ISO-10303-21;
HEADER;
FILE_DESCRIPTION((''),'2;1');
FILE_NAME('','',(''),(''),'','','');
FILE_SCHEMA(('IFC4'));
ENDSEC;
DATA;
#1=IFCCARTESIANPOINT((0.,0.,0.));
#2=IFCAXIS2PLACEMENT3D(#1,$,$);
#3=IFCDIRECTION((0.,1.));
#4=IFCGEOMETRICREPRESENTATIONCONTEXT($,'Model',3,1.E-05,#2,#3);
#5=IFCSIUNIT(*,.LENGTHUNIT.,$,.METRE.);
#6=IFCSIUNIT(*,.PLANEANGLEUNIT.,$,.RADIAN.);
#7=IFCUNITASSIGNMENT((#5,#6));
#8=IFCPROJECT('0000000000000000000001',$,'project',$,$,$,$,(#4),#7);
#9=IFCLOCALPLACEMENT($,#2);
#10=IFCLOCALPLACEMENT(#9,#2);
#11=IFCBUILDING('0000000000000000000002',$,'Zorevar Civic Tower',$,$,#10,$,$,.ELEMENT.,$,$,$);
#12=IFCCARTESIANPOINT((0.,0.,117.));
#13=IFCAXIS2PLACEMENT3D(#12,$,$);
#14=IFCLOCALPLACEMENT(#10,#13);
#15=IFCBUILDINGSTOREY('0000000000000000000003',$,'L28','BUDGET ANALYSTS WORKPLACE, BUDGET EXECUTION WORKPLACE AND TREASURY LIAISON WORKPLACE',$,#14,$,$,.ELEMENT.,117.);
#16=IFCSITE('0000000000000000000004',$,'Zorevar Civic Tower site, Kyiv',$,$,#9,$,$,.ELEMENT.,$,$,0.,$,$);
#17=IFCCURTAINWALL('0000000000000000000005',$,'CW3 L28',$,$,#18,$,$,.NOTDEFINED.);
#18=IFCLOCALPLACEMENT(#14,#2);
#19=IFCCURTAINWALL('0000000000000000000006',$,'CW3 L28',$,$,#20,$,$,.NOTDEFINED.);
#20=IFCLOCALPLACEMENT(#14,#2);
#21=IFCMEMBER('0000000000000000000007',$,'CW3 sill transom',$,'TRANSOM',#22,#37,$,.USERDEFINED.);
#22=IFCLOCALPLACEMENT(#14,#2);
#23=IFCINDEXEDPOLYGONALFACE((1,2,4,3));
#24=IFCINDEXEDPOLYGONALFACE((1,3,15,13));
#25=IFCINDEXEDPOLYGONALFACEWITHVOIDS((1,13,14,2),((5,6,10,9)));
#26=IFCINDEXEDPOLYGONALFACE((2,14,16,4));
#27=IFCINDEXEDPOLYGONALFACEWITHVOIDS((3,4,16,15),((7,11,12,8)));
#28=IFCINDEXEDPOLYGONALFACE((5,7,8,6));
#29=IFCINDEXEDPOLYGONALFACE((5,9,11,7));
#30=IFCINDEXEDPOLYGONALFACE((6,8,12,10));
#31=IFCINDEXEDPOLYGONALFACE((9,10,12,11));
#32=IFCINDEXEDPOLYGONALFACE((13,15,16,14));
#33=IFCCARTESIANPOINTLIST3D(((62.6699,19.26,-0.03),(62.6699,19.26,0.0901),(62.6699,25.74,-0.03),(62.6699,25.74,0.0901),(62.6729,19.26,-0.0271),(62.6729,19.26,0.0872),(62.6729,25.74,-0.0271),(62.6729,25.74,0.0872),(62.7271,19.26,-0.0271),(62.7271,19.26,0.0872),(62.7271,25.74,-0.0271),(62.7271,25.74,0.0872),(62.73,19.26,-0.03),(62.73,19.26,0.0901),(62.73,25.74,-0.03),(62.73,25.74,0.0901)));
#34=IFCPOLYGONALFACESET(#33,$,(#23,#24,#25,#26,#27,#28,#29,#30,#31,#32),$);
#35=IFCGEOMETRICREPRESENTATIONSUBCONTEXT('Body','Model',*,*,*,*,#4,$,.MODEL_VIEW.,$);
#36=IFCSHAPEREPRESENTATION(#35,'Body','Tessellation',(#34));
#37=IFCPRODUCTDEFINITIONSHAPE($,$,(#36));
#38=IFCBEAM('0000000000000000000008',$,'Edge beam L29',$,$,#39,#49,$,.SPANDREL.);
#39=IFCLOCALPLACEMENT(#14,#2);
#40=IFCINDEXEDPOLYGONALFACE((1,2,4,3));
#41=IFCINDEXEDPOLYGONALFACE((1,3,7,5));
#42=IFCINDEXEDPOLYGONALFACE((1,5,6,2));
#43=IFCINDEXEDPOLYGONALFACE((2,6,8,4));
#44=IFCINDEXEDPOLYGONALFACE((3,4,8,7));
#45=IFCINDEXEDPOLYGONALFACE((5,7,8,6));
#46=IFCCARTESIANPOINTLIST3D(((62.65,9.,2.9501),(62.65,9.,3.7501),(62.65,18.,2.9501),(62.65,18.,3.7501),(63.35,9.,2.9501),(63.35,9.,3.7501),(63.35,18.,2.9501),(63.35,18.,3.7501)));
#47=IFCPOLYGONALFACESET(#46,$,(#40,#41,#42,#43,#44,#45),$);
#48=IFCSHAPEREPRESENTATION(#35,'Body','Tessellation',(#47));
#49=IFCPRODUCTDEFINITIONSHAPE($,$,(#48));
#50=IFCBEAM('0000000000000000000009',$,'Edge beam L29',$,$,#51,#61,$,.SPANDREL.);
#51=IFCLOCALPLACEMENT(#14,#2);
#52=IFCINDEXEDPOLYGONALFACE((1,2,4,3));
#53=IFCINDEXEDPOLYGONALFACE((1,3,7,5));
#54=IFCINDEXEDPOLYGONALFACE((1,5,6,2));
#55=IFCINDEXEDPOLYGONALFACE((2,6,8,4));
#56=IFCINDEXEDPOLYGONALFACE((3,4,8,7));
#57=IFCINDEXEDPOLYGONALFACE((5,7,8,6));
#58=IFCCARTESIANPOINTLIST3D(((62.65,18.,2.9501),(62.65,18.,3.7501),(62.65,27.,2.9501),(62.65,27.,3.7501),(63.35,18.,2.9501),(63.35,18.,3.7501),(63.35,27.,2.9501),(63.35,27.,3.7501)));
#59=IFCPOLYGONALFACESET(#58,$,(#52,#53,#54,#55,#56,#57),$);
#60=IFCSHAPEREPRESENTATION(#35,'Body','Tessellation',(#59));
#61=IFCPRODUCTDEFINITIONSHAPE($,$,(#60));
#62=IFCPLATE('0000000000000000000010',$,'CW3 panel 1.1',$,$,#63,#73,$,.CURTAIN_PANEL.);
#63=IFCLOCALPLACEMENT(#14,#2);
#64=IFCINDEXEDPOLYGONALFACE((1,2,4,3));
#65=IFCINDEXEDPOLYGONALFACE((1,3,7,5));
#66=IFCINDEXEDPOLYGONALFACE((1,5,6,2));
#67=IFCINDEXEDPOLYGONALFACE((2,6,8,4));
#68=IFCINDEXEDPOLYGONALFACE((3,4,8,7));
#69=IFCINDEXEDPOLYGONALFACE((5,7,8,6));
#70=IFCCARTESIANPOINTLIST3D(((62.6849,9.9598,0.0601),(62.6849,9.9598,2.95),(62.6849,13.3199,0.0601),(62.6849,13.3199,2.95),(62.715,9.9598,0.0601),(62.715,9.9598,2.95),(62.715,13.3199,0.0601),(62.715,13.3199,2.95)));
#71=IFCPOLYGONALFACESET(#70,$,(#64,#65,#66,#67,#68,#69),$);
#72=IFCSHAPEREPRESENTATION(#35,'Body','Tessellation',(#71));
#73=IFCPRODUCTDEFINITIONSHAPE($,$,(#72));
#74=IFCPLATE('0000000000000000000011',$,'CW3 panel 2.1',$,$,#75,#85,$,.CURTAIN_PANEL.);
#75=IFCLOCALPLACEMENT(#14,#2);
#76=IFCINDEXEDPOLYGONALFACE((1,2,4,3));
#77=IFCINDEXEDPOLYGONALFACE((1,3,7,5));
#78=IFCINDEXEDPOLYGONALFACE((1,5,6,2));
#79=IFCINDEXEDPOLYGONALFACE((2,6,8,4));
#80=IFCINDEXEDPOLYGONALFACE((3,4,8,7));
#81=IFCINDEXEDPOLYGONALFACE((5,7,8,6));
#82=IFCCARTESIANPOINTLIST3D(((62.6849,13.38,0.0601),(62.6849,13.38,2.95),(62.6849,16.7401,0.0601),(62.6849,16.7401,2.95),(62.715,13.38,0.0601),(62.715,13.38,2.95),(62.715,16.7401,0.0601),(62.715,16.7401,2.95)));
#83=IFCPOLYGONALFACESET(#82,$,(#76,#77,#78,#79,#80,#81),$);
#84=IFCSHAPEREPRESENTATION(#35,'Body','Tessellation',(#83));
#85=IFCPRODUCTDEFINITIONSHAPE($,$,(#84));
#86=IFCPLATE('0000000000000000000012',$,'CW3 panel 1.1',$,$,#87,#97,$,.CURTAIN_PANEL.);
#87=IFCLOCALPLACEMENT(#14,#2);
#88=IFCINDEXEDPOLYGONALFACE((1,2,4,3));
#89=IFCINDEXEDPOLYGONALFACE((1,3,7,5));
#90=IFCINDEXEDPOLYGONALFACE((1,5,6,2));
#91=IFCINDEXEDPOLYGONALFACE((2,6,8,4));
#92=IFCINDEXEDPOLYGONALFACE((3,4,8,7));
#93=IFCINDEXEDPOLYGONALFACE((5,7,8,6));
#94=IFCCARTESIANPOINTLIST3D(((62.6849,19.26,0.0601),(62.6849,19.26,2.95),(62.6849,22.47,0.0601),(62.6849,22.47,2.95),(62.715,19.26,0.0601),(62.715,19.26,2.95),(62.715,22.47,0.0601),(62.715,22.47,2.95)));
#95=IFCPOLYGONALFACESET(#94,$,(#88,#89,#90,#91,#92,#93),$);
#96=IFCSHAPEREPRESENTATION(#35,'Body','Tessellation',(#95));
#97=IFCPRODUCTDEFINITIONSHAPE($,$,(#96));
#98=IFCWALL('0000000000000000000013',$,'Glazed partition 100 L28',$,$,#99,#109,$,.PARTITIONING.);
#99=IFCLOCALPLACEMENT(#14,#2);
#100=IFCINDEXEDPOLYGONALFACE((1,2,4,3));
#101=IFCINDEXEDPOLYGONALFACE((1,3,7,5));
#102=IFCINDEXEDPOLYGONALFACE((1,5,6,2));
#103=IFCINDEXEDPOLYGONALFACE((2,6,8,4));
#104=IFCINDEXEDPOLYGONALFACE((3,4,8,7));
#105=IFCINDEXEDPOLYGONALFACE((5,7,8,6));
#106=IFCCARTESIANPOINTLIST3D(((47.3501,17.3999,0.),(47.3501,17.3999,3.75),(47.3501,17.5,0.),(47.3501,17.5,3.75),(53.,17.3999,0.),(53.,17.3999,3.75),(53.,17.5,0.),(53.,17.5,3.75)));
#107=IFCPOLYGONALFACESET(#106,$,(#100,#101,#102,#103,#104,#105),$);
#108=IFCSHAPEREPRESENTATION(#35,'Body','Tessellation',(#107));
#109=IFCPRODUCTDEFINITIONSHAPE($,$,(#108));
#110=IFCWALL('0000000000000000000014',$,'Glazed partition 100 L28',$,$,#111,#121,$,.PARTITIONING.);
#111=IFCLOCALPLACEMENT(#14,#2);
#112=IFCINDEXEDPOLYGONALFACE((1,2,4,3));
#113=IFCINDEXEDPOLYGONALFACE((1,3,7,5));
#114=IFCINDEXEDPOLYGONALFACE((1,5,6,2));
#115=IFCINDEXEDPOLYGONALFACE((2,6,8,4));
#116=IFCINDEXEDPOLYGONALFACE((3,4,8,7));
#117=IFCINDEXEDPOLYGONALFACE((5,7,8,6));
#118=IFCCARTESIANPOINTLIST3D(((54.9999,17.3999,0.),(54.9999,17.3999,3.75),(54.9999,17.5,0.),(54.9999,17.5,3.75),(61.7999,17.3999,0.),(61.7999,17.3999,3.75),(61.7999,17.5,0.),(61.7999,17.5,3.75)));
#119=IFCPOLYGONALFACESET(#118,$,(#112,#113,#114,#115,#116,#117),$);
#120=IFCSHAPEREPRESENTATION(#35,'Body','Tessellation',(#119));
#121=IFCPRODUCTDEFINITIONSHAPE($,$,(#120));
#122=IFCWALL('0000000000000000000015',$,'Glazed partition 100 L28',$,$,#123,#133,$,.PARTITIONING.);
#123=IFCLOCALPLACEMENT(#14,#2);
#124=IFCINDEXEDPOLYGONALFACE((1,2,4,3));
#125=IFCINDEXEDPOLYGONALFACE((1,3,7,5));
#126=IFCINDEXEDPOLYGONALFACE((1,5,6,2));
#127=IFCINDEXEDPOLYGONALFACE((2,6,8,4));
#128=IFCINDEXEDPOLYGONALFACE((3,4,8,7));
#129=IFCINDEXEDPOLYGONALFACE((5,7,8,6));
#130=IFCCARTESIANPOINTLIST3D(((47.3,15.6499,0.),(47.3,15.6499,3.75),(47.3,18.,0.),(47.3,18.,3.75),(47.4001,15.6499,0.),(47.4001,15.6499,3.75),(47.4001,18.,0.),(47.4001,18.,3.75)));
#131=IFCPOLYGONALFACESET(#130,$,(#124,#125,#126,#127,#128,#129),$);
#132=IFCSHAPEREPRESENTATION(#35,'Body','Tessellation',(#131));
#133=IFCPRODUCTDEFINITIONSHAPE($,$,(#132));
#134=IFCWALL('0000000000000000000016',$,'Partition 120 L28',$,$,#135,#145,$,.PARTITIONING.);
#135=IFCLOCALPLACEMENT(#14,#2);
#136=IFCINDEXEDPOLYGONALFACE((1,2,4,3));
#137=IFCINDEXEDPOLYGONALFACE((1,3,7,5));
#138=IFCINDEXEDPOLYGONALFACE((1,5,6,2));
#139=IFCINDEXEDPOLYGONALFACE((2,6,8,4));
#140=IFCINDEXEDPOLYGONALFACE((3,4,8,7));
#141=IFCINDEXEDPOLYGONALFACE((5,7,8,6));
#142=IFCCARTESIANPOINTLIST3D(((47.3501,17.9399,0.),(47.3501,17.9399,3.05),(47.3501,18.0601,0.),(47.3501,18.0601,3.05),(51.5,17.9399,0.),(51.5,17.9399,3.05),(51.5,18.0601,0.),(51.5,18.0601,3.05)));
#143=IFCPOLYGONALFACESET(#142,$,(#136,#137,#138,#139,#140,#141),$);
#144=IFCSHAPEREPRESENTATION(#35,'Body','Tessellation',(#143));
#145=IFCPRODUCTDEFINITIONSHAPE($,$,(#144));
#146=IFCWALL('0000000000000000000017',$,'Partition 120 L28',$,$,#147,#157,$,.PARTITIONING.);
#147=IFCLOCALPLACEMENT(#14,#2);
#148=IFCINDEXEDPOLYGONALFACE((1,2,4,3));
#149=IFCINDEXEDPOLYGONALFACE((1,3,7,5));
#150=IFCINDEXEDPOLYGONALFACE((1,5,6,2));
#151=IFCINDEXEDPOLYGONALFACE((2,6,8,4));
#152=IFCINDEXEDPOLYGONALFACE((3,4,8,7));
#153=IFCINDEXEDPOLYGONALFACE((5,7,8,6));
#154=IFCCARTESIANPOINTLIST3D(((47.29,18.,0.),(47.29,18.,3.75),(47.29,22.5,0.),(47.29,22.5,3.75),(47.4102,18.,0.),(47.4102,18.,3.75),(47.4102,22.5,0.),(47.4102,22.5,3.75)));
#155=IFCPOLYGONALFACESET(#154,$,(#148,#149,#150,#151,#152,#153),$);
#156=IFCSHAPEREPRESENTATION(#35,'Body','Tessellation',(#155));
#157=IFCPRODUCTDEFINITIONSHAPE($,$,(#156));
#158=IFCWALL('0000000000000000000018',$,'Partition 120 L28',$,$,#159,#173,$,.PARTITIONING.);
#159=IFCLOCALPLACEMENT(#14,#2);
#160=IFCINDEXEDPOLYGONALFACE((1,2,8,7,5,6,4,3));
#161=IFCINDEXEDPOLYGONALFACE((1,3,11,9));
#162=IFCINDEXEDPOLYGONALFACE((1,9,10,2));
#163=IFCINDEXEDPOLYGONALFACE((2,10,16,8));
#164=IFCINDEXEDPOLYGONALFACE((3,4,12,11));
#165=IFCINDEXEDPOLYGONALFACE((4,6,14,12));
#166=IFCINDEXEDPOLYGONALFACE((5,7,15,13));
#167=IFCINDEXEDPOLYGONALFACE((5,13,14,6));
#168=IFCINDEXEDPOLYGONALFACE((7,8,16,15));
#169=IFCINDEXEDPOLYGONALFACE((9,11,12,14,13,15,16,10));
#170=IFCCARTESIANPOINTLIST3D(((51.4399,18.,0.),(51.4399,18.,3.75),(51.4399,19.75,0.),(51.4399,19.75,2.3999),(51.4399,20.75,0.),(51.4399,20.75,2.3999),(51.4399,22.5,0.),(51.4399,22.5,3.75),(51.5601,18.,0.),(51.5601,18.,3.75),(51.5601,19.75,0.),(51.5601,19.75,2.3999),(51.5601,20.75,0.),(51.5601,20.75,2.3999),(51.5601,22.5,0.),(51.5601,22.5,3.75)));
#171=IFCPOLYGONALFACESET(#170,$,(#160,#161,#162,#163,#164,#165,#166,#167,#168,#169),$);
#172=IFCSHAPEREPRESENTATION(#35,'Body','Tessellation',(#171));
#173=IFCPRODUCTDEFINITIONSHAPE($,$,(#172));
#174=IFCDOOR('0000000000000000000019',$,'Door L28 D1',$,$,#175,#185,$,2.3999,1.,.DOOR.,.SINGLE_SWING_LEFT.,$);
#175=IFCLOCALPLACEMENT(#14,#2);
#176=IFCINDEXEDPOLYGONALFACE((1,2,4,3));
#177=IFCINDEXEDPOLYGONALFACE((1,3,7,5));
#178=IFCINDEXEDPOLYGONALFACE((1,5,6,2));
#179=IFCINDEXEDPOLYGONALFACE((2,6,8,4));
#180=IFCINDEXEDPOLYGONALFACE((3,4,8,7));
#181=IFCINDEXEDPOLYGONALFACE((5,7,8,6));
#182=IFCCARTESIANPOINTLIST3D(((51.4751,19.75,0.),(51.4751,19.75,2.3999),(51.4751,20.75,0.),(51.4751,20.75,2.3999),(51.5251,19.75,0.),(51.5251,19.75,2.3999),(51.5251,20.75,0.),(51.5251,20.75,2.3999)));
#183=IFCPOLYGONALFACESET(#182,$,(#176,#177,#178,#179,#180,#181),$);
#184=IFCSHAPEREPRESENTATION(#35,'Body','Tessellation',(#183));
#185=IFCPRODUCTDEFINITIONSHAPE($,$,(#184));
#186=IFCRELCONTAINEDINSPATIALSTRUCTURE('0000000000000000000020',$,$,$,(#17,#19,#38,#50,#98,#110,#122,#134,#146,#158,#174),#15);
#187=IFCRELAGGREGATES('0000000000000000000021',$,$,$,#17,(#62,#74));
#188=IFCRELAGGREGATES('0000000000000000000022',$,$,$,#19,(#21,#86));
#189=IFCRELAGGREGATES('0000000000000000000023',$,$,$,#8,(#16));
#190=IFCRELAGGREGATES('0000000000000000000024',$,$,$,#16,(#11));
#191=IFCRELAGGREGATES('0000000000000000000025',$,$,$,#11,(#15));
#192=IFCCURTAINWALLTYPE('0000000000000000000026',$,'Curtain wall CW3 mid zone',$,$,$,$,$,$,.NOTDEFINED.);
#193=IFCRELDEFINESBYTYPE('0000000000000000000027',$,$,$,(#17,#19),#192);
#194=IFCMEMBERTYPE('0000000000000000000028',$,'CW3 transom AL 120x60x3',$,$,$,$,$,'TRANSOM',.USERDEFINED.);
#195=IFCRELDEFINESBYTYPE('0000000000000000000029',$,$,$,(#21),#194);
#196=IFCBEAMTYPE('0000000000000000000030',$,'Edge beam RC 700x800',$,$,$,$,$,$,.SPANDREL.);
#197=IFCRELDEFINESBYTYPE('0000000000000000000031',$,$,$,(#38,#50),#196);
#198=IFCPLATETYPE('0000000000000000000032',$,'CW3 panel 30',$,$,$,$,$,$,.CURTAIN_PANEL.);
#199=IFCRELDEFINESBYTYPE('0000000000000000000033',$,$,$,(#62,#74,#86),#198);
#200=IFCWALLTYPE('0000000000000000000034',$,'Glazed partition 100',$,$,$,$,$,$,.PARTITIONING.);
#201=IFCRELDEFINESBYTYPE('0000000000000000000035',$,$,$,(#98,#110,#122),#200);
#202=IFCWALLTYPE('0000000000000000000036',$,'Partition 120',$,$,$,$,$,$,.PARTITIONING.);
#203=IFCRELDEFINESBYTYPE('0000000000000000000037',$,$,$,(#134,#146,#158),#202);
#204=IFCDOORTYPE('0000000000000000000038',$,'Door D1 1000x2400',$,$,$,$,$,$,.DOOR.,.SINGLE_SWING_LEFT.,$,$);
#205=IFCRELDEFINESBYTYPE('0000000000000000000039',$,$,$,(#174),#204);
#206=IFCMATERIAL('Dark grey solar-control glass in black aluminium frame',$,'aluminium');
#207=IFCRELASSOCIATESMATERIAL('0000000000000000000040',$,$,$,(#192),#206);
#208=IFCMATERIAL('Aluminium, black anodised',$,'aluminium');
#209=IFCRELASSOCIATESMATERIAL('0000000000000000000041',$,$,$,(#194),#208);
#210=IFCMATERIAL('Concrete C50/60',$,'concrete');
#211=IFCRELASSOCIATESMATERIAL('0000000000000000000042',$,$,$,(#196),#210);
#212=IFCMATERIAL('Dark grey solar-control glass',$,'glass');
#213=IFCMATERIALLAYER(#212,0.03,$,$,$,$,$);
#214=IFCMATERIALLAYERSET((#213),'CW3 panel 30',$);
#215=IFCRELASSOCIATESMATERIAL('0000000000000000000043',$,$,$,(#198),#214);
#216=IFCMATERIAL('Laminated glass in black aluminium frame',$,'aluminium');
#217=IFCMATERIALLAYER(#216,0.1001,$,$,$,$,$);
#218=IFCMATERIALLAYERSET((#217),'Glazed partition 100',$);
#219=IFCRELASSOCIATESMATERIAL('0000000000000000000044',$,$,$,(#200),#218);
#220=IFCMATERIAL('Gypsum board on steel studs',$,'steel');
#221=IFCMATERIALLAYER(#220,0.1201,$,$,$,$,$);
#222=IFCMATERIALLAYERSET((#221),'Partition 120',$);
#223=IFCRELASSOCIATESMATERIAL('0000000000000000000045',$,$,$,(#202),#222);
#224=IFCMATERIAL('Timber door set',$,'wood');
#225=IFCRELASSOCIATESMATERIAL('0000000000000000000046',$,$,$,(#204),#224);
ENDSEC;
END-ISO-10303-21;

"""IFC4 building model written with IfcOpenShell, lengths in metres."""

from ifc_helpers import new_model, si_unit, direction, frame, frame_2d, origin, origin_2d, place, context, subcontext, project, spatial, rectangle, hollow_rectangle, extrude, material, layer, layer_set, material_profile, profile_set, type_object, element, fill, aggregate, save


model = new_model("IFC4")

# Units and contexts
model_context = context("Model", 3, precision=1e-05, world=origin(), true_north=direction((0.0, 1.0)))
body_context = subcontext(model_context, "Body", "Model", "MODEL_VIEW")
ifc_project = project(units=[si_unit("LENGTHUNIT", "METRE"), si_unit("PLANEANGLEUNIT", "RADIAN")], contexts=[model_context])

# Site, building, storey
site_placement = place(None, origin())
site = spatial("IfcSite", under=ifc_project, at=site_placement, Name="Zorevar Civic Tower site, Kyiv", CompositionType="ELEMENT", RefElevation=0.0)
building_placement = place(site_placement, origin())
building = spatial("IfcBuilding", under=site, at=building_placement, Name="Zorevar Civic Tower", CompositionType="ELEMENT")
storey_placement = place(building_placement, frame((0.0, 0.0, 117.0)))
storey = spatial("IfcBuildingStorey", under=building, at=storey_placement, Name="L28", Description="BUDGET ANALYSTS WORKPLACE, BUDGET EXECUTION WORKPLACE AND TREASURY LIAISON WORKPLACE", CompositionType="ELEMENT", Elevation=117.0)

# Curtain wall
ifc_material_1 = material(Name="Dark grey solar-control glass in black aluminium frame", Category="aluminium")
curtain_wall_type = type_object("IfcCurtainWallType", Name="Curtain wall CW3 mid zone", PredefinedType="NOTDEFINED", material=ifc_material_1)
curtain_wall_1_placement = place(storey_placement, origin())
curtain_wall_1 = element("IfcCurtainWall", 1, at=curtain_wall_1_placement, inside=storey, type_object=curtain_wall_type, Name="CW3 L28", PredefinedType="NOTDEFINED")

# Curtain wall
curtain_wall_2_placement = place(storey_placement, origin())
curtain_wall_2 = element("IfcCurtainWall", 2, at=curtain_wall_2_placement, inside=storey, type_object=curtain_wall_type, Name="CW3 L28", PredefinedType="NOTDEFINED")

# Member
ifc_material_2 = material(Name="Aluminium, black anodised", Category="aluminium")
ifc_material_profile_1 = material_profile(ifc_material_2, hollow_rectangle(XDim=0.0601, YDim=0.1201, WallThickness=0.0029, at=origin_2d()), Name="AL 120x60x3")
ifc_profile_set_1 = profile_set([ifc_material_profile_1], Name="Aluminium, black anodised")
member_type_1 = type_object("IfcMemberType", Name="CW3 transom AL 120x60x3", ElementType="TRANSOM", PredefinedType="USERDEFINED", material=ifc_profile_set_1)
member_1_placement = place(storey_placement, frame((62.7, 19.26, 0.03), z_axis=(0.0, 1.0, 0.0), x_axis=(-1.0, 0.0, 0.0)))
member_1 = element("IfcMember", 3, at=member_1_placement, type_object=member_type_1, Name="CW3 sill transom", ObjectType="TRANSOM", PredefinedType="USERDEFINED", context=body_context, shape_type="SweptSolid", body=[
    extrude(hollow_rectangle(XDim=0.0601, YDim=0.1201, WallThickness=0.0029, at=origin_2d()), origin(), (0.0, 0.0, 1.0), 6.48),
])

# Beams
ifc_material_3 = material(Name="Concrete C50/60", Category="concrete")
ifc_material_profile_2 = material_profile(ifc_material_3, rectangle(XDim=0.7, YDim=0.8, at=origin_2d()), Name="RC 700x800")
ifc_profile_set_2 = profile_set([ifc_material_profile_2], Name="Concrete C50/60")
beam_type_1 = type_object("IfcBeamType", Name="Edge beam RC 700x800", PredefinedType="SPANDREL", material=ifc_profile_set_2)
for number, where, z_axis, x_axis, name in (
    (4, (63.0, 9.0, 3.3501), (0.0, 1.0, 0.0), (-1.0, 0.0, 0.0), "Edge beam L29"),
    (5, (63.0, 18.0, 3.3501), (0.0, 1.0, 0.0), (-1.0, 0.0, 0.0), "Edge beam L29"),
):
    element("IfcBeam", number, at=place(storey_placement, frame(where, z_axis=z_axis, x_axis=x_axis)), inside=storey, type_object=beam_type_1, Name=name, PredefinedType="SPANDREL", context=body_context, shape_type="SweptSolid", body=[
        extrude(rectangle(XDim=0.7, YDim=0.8, at=origin_2d()), origin(), (0.0, 0.0, 1.0), 9.0),
    ])

# Plates
ifc_material_4 = material(Name="Dark grey solar-control glass", Category="glass")
ifc_layer_1 = layer(ifc_material_4, 0.03)
ifc_layer_set_1 = layer_set([ifc_layer_1], Name="CW3 panel 30")
plate_type = type_object("IfcPlateType", Name="CW3 panel 30", PredefinedType="CURTAIN_PANEL", material=ifc_layer_set_1)
plate_1_placement = place(storey_placement, frame((62.7, 11.6399, 0.0601), z_axis=(0.0, 0.0, 1.0), x_axis=(0.0, 1.0, 0.0)))
plate_1 = element("IfcPlate", 6, at=plate_1_placement, type_object=plate_type, Name="CW3 panel 1.1", PredefinedType="CURTAIN_PANEL", context=body_context, shape_type="SweptSolid", body=[
    extrude(rectangle(XDim=3.3601, YDim=0.03, at=origin_2d()), origin(), (0.0, 0.0, 1.0), 2.8899),
])
plate_2_placement = place(storey_placement, frame((62.7, 15.0601, 0.0601), z_axis=(0.0, 0.0, 1.0), x_axis=(0.0, 1.0, 0.0)))
plate_2 = element("IfcPlate", 7, at=plate_2_placement, type_object=plate_type, Name="CW3 panel 2.1", PredefinedType="CURTAIN_PANEL", context=body_context, shape_type="SweptSolid", body=[
    extrude(rectangle(XDim=3.3601, YDim=0.03, at=origin_2d()), origin(), (0.0, 0.0, 1.0), 2.8899),
])
aggregate(curtain_wall_1, [plate_1, plate_2])
plate_3_placement = place(storey_placement, frame((62.7, 20.865, 0.0601), z_axis=(0.0, 0.0, 1.0), x_axis=(0.0, 1.0, 0.0)))
plate_3 = element("IfcPlate", 8, at=plate_3_placement, type_object=plate_type, Name="CW3 panel 1.1", PredefinedType="CURTAIN_PANEL", context=body_context, shape_type="SweptSolid", body=[
    extrude(rectangle(XDim=3.21, YDim=0.03, at=origin_2d()), origin(), (0.0, 0.0, 1.0), 2.8899),
])
aggregate(curtain_wall_2, [member_1, plate_3])

# Walls
ifc_material_5 = material(Name="Laminated glass in black aluminium frame", Category="aluminium")
ifc_layer_2 = layer(ifc_material_5, 0.1001)
ifc_layer_set_2 = layer_set([ifc_layer_2], Name="Glazed partition 100")
wall_type_1 = type_object("IfcWallType", Name="Glazed partition 100", PredefinedType="PARTITIONING", material=ifc_layer_set_2)
wall_1_placement = place(storey_placement, frame((47.3501, 17.45, 0.0), z_axis=(0.0, 0.0, 1.0), x_axis=(1.0, 0.0, 0.0)))
element("IfcWall", 9, at=wall_1_placement, inside=storey, type_object=wall_type_1, Name="Glazed partition 100 L28", PredefinedType="PARTITIONING", context=body_context, shape_type="SweptSolid", body=[
    extrude(rectangle(XDim=5.6499, YDim=0.1001, at=frame_2d((2.825, 0.0))), origin(), (0.0, 0.0, 1.0), 3.75),
])
wall_2_placement = place(storey_placement, frame((55.0, 17.45, 0.0), z_axis=(0.0, 0.0, 1.0), x_axis=(1.0, 0.0, 0.0)))
element("IfcWall", 10, at=wall_2_placement, inside=storey, type_object=wall_type_1, Name="Glazed partition 100 L28", PredefinedType="PARTITIONING", context=body_context, shape_type="SweptSolid", body=[
    extrude(rectangle(XDim=6.8, YDim=0.1001, at=frame_2d((3.3999, 0.0))), origin(), (0.0, 0.0, 1.0), 3.75),
])
wall_3_placement = place(storey_placement, frame((47.3501, 15.6499, 0.0), z_axis=(0.0, 0.0, 1.0), x_axis=(0.0, 1.0, 0.0)))
element("IfcWall", 11, at=wall_3_placement, inside=storey, type_object=wall_type_1, Name="Glazed partition 100 L28", PredefinedType="PARTITIONING", context=body_context, shape_type="SweptSolid", body=[
    extrude(rectangle(XDim=2.3501, YDim=0.1001, at=frame_2d((1.175, 0.0))), origin(), (0.0, 0.0, 1.0), 3.75),
])
ifc_material_6 = material(Name="Gypsum board on steel studs", Category="steel")
ifc_layer_3 = layer(ifc_material_6, 0.1201)
ifc_layer_set_3 = layer_set([ifc_layer_3], Name="Partition 120")
wall_type_2 = type_object("IfcWallType", Name="Partition 120", PredefinedType="PARTITIONING", material=ifc_layer_set_3)
wall_4_placement = place(storey_placement, frame((47.3501, 18.0, 0.0), z_axis=(0.0, 0.0, 1.0), x_axis=(1.0, 0.0, 0.0)))
element("IfcWall", 12, at=wall_4_placement, inside=storey, type_object=wall_type_2, Name="Partition 120 L28", PredefinedType="PARTITIONING", context=body_context, shape_type="SweptSolid", body=[
    extrude(rectangle(XDim=4.1499, YDim=0.1201, at=frame_2d((2.075, 0.0))), origin(), (0.0, 0.0, 1.0), 3.05),
])
wall_5_placement = place(storey_placement, frame((47.3501, 18.0, 0.0), z_axis=(0.0, 0.0, 1.0), x_axis=(0.0, 1.0, 0.0)))
element("IfcWall", 13, at=wall_5_placement, inside=storey, type_object=wall_type_2, Name="Partition 120 L28", PredefinedType="PARTITIONING", context=body_context, shape_type="SweptSolid", body=[
    extrude(rectangle(XDim=4.5, YDim=0.1201, at=frame_2d((2.25, 0.0))), origin(), (0.0, 0.0, 1.0), 3.75),
])

# Wall, opening, door
wall_6_placement = place(storey_placement, frame((51.5, 18.0, 0.0), z_axis=(0.0, 0.0, 1.0), x_axis=(0.0, 1.0, 0.0)))
wall_6 = element("IfcWall", 14, at=wall_6_placement, inside=storey, type_object=wall_type_2, Name="Partition 120 L28", PredefinedType="PARTITIONING", context=body_context, shape_type="SweptSolid", body=[
    extrude(rectangle(XDim=4.5, YDim=0.1201, at=frame_2d((2.25, 0.0))), origin(), (0.0, 0.0, 1.0), 3.75),
])
opening_placement = place(wall_6_placement, frame((1.75, 0.0, 0.0)))
opening = element("IfcOpeningElement", 15, at=opening_placement, cuts=wall_6, PredefinedType="OPENING", context=body_context, shape_type="SweptSolid", body=[
    extrude(rectangle(XDim=1.0, YDim=2.3999, at=frame_2d((0.5, 1.2))), frame((0.0, 0.0701, 0.0), z_axis=(0.0, -1.0, 0.0), x_axis=(1.0, 0.0, 0.0)), (0.0, 0.0, 1.0), 0.1401),
])
ifc_material_7 = material(Name="Timber door set", Category="wood")
door_type = type_object("IfcDoorType", Name="Door D1 1000x2400", OperationType="SINGLE_SWING_LEFT", PredefinedType="DOOR", material=ifc_material_7)
door_placement = place(opening_placement, origin())
door = element("IfcDoor", 16, at=door_placement, inside=storey, type_object=door_type, Name="Door L28 D1", OperationType="SINGLE_SWING_LEFT", OverallHeight=2.3999, OverallWidth=1.0, PredefinedType="DOOR", context=body_context, shape_type="SweptSolid", body=[
    extrude(rectangle(XDim=1.0, YDim=2.3999, at=frame_2d((0.5, 1.2))), frame((0.0, 0.0249, 0.0), z_axis=(0.0, -1.0, 0.0), x_axis=(1.0, 0.0, 0.0)), (0.0, 0.0, 1.0), 0.05),
])
fill(opening, door)

save(model, "model.ifc")
